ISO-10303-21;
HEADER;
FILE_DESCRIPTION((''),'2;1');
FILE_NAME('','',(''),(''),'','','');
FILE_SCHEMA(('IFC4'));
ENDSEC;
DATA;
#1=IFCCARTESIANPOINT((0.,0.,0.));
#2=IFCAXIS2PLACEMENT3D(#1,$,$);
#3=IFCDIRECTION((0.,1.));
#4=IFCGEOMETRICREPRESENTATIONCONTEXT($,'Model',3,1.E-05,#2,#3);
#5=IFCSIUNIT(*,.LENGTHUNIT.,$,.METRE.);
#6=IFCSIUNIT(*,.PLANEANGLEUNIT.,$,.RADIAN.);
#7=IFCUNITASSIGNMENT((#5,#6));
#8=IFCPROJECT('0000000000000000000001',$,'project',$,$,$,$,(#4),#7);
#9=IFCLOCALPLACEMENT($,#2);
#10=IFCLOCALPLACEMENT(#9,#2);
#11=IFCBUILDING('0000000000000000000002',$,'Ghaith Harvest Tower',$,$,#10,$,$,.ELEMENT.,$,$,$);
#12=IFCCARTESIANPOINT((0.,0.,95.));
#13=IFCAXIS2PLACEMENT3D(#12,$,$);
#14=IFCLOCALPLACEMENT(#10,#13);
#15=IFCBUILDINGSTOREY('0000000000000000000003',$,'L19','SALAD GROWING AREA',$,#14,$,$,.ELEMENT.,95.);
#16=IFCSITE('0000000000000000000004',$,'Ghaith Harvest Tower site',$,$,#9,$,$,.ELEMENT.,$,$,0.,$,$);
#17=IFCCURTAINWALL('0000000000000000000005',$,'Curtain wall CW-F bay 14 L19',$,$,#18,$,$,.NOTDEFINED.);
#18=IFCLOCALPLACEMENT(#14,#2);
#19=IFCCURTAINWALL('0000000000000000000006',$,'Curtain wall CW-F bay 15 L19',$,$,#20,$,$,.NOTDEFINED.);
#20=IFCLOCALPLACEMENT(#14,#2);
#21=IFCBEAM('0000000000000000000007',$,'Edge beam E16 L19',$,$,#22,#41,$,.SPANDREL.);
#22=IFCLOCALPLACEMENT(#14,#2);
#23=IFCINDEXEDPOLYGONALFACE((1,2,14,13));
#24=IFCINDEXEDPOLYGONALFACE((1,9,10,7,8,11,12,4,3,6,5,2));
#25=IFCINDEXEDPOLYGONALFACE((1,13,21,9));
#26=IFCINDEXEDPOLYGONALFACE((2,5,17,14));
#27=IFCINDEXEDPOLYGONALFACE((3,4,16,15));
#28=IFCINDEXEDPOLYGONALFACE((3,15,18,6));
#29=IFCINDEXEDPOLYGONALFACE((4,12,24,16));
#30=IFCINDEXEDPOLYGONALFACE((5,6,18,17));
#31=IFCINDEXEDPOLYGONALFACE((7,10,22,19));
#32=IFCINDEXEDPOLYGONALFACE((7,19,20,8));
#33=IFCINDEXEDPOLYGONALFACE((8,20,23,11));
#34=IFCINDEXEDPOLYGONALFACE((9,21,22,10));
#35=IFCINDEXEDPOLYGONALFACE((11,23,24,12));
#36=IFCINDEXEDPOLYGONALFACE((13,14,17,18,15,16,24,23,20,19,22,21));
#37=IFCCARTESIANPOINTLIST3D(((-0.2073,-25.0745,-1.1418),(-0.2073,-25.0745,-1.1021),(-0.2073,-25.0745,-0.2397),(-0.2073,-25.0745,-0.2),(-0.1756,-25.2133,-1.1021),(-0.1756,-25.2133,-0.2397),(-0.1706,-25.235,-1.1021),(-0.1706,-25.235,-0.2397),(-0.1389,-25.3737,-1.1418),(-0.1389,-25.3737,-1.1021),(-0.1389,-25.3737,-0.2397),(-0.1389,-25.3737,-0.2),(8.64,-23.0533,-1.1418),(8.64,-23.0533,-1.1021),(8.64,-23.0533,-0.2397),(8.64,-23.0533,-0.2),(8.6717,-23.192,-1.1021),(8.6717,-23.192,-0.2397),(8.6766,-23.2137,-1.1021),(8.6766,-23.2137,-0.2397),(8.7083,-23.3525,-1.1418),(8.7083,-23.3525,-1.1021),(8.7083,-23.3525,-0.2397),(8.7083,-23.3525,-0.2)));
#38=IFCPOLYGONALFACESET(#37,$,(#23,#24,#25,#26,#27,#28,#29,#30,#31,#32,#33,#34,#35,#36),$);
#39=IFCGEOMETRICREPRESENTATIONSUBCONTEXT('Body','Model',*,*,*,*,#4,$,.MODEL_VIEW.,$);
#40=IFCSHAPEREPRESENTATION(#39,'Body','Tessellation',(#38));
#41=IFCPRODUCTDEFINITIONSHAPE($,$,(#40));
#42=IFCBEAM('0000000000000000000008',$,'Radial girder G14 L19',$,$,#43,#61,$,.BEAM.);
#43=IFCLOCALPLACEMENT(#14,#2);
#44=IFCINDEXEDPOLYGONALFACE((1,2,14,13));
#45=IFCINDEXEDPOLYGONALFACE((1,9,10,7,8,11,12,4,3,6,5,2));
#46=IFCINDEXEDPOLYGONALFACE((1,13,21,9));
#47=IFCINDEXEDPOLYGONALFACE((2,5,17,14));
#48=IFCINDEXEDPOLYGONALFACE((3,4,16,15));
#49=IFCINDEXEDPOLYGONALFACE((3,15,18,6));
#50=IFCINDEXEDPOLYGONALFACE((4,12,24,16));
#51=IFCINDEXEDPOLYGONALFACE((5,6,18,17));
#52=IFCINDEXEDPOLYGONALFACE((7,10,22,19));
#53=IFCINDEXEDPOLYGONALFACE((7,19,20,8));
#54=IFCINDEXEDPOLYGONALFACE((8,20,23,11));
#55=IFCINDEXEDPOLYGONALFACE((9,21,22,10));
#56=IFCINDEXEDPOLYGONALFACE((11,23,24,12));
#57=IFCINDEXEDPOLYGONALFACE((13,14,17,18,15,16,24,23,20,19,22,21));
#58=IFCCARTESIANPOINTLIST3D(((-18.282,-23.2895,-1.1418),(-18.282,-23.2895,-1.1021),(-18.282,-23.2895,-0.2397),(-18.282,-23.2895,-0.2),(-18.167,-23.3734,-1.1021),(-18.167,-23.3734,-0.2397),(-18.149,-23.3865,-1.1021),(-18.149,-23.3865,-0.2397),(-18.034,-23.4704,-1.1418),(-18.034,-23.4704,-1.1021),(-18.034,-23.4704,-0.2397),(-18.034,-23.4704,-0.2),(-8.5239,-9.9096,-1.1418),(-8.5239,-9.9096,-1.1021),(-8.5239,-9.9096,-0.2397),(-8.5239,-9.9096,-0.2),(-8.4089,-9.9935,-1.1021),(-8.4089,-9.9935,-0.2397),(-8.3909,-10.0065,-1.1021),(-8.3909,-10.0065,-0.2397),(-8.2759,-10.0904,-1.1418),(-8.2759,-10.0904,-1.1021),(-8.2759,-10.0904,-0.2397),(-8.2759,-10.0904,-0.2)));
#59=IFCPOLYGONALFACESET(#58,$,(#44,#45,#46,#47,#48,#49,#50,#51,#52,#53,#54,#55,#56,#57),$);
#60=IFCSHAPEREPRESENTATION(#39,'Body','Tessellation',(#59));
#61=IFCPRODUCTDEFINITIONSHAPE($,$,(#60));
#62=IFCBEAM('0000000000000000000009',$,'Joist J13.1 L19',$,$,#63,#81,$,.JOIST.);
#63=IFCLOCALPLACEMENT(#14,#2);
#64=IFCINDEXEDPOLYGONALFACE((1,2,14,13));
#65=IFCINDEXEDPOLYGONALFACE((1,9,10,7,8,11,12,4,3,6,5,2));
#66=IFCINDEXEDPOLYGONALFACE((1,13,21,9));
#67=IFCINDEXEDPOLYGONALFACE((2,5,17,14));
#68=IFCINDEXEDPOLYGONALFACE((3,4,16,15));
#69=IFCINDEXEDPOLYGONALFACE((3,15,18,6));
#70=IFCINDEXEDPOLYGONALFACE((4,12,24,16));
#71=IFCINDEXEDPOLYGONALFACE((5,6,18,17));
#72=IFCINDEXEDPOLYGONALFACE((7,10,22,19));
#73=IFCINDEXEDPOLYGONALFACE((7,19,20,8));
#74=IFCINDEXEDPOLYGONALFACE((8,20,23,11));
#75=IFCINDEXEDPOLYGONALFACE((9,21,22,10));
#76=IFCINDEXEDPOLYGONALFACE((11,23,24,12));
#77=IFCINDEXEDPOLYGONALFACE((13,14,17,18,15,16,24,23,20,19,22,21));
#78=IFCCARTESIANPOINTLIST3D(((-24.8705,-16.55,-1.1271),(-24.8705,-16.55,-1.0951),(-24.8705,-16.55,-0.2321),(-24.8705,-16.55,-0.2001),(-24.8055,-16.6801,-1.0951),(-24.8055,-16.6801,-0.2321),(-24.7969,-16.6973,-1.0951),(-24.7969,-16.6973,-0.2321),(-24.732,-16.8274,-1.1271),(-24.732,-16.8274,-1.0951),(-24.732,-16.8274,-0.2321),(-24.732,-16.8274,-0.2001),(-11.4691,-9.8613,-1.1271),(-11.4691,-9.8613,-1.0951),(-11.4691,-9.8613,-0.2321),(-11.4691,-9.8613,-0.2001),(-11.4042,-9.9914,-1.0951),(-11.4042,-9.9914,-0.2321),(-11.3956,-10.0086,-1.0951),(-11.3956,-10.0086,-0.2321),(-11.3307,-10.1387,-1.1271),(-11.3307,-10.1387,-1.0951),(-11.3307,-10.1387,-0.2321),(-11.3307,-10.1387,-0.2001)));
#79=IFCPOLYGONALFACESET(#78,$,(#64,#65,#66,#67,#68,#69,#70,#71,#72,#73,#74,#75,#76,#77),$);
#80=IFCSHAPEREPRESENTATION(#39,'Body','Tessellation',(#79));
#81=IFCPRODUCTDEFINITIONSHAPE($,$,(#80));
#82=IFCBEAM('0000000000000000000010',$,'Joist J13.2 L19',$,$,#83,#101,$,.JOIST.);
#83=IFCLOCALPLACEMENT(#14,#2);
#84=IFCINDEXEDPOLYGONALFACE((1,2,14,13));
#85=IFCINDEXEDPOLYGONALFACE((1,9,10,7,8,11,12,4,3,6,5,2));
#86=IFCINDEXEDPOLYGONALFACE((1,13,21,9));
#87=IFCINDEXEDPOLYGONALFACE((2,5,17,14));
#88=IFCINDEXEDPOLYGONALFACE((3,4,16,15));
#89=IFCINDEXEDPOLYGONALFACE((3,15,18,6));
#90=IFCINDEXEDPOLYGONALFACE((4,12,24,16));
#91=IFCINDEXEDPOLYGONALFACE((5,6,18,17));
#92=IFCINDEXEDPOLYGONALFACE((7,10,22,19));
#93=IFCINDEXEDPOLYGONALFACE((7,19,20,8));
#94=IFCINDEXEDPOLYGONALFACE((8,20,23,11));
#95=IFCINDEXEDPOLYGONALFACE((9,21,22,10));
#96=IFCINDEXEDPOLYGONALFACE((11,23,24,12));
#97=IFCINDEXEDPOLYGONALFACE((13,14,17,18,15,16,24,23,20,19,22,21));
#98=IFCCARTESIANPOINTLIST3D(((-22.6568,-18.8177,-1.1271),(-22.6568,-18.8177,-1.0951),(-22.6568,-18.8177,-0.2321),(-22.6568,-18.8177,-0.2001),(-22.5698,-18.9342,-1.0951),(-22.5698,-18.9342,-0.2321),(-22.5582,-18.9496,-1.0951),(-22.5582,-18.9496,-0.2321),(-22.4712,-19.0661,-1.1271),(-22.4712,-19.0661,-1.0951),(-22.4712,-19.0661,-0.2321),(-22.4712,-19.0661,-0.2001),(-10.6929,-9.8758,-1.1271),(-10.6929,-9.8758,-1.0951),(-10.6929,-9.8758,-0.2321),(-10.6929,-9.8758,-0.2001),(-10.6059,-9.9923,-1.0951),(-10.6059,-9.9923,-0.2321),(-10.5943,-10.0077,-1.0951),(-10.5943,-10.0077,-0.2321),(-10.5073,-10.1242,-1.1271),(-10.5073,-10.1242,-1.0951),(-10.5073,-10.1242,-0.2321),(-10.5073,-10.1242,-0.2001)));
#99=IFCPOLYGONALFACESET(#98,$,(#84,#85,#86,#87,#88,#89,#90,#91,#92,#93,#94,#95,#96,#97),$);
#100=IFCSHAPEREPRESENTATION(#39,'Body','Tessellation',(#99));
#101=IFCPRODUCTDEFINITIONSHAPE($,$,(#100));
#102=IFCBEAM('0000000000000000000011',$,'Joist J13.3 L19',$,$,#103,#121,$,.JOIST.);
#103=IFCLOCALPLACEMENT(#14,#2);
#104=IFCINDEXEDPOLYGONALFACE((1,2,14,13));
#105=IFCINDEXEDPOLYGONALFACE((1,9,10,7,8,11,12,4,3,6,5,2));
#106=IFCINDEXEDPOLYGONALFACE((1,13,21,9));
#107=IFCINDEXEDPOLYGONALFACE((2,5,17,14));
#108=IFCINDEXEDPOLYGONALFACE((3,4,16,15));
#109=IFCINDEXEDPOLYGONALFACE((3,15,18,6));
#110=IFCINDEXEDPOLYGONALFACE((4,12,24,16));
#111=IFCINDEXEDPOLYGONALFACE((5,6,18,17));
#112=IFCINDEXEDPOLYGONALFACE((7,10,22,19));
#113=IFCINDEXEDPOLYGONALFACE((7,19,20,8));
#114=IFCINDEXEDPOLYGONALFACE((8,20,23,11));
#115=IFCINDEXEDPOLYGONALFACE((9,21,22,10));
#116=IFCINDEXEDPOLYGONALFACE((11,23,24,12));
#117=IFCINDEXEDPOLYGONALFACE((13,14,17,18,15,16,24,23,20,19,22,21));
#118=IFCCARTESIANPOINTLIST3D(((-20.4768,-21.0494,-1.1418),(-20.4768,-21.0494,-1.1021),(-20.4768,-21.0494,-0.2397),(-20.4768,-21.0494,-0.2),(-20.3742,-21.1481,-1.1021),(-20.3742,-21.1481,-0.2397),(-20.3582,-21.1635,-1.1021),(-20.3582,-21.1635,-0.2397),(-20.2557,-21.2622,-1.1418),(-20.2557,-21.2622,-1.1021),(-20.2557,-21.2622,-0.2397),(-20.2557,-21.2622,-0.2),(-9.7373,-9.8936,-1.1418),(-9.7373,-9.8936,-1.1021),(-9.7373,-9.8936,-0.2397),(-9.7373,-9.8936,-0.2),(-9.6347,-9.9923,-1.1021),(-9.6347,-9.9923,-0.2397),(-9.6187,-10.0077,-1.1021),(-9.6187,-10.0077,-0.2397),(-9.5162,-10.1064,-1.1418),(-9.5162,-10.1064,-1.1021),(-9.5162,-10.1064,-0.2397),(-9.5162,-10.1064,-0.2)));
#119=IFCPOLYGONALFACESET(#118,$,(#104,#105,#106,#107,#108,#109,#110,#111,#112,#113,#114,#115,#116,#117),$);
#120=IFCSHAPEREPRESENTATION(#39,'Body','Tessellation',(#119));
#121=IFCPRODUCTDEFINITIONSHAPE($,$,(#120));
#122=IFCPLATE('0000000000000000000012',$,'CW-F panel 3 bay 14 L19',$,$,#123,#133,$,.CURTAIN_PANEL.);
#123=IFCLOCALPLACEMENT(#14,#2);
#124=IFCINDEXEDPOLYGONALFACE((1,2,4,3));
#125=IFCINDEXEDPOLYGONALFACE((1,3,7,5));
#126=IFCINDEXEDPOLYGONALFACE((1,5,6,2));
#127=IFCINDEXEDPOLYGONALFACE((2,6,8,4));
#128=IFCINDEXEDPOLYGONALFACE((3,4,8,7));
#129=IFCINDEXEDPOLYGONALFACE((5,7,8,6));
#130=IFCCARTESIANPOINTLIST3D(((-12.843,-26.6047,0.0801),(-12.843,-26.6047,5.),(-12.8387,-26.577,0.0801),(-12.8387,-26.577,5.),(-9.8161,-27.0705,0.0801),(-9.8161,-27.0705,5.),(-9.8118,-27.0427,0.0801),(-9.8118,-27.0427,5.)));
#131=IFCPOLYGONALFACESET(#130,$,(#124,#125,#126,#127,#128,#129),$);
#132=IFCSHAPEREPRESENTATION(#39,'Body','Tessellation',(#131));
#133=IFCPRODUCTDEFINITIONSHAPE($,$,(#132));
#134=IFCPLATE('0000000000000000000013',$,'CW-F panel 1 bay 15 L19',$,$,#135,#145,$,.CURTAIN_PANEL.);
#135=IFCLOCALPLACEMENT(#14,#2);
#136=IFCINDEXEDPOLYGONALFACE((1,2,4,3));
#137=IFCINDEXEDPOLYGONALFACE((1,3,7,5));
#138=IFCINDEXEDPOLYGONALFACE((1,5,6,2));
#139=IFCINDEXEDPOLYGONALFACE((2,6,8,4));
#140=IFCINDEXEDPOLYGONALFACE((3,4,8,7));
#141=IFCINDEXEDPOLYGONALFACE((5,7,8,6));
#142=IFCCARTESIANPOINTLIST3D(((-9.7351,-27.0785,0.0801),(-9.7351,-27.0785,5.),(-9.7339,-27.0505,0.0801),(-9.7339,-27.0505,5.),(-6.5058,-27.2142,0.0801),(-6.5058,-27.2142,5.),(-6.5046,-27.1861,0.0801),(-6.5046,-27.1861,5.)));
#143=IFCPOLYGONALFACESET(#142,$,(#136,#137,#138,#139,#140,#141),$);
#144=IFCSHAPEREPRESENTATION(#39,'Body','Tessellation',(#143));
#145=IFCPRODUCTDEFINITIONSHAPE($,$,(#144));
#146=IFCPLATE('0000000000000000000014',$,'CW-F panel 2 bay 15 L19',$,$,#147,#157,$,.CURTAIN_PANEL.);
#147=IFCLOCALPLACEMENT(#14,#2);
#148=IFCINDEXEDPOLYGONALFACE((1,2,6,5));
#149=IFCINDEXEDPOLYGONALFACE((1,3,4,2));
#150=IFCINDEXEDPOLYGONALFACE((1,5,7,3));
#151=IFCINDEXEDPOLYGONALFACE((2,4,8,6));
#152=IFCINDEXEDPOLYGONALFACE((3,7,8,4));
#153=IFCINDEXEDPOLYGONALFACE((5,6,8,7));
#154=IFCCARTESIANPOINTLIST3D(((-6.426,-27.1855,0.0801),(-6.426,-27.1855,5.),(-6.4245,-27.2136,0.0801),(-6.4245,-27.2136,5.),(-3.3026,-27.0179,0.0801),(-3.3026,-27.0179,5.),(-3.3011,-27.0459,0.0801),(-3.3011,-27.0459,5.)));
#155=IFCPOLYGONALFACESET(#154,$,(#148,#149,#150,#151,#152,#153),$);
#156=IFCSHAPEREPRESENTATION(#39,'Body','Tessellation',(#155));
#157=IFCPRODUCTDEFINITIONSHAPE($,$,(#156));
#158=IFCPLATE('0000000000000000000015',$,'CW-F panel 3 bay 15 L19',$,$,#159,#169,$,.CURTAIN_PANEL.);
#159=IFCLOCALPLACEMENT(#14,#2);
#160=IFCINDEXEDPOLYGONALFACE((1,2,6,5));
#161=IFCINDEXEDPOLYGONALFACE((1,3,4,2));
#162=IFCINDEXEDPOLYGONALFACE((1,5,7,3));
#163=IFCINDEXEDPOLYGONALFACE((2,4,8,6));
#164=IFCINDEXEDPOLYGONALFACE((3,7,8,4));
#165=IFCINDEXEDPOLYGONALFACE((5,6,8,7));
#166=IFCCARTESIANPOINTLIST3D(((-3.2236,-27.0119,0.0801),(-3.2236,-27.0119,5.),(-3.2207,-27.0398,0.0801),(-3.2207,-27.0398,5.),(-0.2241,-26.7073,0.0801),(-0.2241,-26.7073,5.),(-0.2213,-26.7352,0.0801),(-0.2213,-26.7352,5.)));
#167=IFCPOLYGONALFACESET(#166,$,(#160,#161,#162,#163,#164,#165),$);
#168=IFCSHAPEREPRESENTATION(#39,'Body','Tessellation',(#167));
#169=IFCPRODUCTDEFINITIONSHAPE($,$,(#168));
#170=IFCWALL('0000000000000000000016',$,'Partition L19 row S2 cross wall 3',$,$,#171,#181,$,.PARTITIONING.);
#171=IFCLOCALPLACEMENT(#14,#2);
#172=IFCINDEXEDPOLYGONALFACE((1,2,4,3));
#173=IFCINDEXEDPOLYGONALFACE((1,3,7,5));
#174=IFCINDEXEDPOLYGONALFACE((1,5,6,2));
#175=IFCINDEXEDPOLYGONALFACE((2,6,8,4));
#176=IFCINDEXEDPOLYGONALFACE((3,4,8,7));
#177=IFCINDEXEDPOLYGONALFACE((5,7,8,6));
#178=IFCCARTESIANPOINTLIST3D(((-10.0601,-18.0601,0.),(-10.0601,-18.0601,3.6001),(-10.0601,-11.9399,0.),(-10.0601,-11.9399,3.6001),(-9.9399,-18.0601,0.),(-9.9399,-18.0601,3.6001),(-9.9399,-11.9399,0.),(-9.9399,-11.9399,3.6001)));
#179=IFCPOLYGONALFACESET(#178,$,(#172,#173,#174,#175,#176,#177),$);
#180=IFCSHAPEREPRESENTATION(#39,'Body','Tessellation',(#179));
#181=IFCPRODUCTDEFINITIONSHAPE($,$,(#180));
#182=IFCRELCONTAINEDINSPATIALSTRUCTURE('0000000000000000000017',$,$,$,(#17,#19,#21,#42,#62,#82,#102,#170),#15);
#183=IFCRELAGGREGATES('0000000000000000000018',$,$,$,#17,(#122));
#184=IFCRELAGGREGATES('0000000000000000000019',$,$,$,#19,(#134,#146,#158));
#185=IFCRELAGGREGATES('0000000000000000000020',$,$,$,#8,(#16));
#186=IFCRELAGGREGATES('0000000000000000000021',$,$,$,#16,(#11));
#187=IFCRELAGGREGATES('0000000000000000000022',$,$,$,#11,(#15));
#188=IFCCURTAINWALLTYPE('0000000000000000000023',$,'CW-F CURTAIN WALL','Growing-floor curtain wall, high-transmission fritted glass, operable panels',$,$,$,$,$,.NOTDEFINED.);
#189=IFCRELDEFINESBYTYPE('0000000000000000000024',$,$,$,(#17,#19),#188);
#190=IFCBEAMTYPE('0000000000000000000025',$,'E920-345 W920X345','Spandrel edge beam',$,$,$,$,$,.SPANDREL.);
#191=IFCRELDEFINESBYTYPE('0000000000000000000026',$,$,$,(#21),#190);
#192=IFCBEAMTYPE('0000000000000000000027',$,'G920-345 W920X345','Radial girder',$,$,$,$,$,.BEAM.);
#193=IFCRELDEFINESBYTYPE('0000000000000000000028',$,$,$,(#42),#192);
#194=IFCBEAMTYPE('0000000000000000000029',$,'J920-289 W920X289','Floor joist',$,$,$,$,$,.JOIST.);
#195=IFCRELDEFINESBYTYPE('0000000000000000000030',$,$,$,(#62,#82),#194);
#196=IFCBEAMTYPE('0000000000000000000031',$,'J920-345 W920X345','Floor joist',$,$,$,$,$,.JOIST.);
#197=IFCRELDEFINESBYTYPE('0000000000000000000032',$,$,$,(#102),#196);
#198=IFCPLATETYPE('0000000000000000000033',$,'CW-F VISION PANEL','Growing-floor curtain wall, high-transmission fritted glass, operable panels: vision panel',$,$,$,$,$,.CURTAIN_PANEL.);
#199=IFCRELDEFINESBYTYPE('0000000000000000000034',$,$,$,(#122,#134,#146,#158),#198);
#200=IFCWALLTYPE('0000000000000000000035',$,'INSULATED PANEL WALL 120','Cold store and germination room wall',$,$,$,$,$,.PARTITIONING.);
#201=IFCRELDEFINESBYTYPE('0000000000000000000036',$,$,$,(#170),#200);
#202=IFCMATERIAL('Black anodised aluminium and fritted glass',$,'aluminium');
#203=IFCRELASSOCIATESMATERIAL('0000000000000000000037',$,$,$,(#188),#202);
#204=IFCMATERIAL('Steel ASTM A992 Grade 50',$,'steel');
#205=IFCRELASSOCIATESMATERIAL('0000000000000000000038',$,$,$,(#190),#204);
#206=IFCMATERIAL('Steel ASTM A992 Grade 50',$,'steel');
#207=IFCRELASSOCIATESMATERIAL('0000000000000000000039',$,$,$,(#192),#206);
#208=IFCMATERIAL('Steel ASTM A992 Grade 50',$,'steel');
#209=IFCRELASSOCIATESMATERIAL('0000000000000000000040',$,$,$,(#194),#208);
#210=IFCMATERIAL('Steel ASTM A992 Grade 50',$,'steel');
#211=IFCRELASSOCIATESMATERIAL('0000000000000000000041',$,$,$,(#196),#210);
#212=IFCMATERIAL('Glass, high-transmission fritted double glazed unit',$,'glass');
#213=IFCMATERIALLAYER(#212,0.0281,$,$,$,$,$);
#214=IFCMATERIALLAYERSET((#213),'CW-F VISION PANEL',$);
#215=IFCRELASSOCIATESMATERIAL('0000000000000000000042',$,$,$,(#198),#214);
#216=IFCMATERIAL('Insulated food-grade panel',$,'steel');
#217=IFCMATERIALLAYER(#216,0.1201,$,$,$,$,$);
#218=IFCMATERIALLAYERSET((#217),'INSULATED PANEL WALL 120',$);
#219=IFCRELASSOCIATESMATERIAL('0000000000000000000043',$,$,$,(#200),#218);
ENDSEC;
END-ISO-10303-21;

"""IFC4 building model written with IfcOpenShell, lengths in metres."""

from ifc_helpers import new_model, si_unit, direction, frame, frame_2d, origin, origin_2d, place, context, subcontext, project, spatial, rectangle, i_section, extrude, material, layer, layer_set, material_profile, profile_set, type_object, element, aggregate, save


model = new_model("IFC4")

# Units and contexts
model_context = context("Model", 3, precision=1e-05, world=origin(), true_north=direction((0.0, 1.0)))
body_context = subcontext(model_context, "Body", "Model", "MODEL_VIEW")
ifc_project = project(units=[si_unit("LENGTHUNIT", "METRE"), si_unit("PLANEANGLEUNIT", "RADIAN")], contexts=[model_context])

# Site, building, storey
site_placement = place(None, origin())
site = spatial("IfcSite", under=ifc_project, at=site_placement, Name="Ghaith Harvest Tower site", CompositionType="ELEMENT", RefElevation=0.0)
building_placement = place(site_placement, origin())
building = spatial("IfcBuilding", under=site, at=building_placement, Name="Ghaith Harvest Tower", CompositionType="ELEMENT")
storey_placement = place(building_placement, frame((0.0, 0.0, 95.0)))
storey = spatial("IfcBuildingStorey", under=building, at=storey_placement, Name="L19", Description="SALAD GROWING AREA", CompositionType="ELEMENT", Elevation=95.0)

# Curtain wall
ifc_material_1 = material(Name="Black anodised aluminium and fritted glass", Category="aluminium")
curtain_wall_type = type_object("IfcCurtainWallType", Name="CW-F CURTAIN WALL", Description="Growing-floor curtain wall, high-transmission fritted glass, operable panels", PredefinedType="NOTDEFINED", material=ifc_material_1)
curtain_wall_1_placement = place(storey_placement, origin())
curtain_wall_1 = element("IfcCurtainWall", 1, at=curtain_wall_1_placement, inside=storey, type_object=curtain_wall_type, Name="Curtain wall CW-F bay 14 L19", PredefinedType="NOTDEFINED")

# Curtain wall
curtain_wall_2_placement = place(storey_placement, origin())
curtain_wall_2 = element("IfcCurtainWall", 2, at=curtain_wall_2_placement, inside=storey, type_object=curtain_wall_type, Name="Curtain wall CW-F bay 15 L19", PredefinedType="NOTDEFINED")

# Beams
ifc_material_2 = material(Name="Steel ASTM A992 Grade 50", Category="steel")
ifc_material_profile_1 = material_profile(ifc_material_2, i_section(OverallWidth=0.3069, OverallDepth=0.9419, WebThickness=0.0222, FlangeThickness=0.0398, at=origin_2d()), Name="W920X345")
ifc_profile_set_1 = profile_set([ifc_material_profile_1], Name="Steel ASTM A992 Grade 50")
beam_type_1 = type_object("IfcBeamType", Name="E920-345 W920X345", Description="Spandrel edge beam", PredefinedType="SPANDREL", material=ifc_profile_set_1)
beam_1_placement = place(storey_placement, frame((-0.1731, -25.2241, -0.6709), z_axis=(0.974882, 0.222723, 0.0), x_axis=(-0.222723, 0.974882, 0.0)))
element("IfcBeam", 3, at=beam_1_placement, inside=storey, type_object=beam_type_1, Name="Edge beam E16 L19", PredefinedType="SPANDREL", context=body_context, shape_type="SweptSolid", body=[
    extrude(i_section(OverallWidth=0.3069, OverallDepth=0.9419, WebThickness=0.0222, FlangeThickness=0.0398, at=origin_2d()), origin(), (0.0, 0.0, 1.0), 9.0752),
])
ifc_material_3 = material(Name="Steel ASTM A992 Grade 50", Category="steel")
ifc_material_profile_2 = material_profile(ifc_material_3, i_section(OverallWidth=0.3069, OverallDepth=0.9419, WebThickness=0.0222, FlangeThickness=0.0398, at=origin_2d()), Name="W920X345")
ifc_profile_set_2 = profile_set([ifc_material_profile_2], Name="Steel ASTM A992 Grade 50")
beam_type_2 = type_object("IfcBeamType", Name="G920-345 W920X345", Description="Radial girder", PredefinedType="BEAM", material=ifc_profile_set_2)
beam_2_placement = place(storey_placement, frame((-8.3999, -10.0, -0.6709), z_axis=(-0.589247, -0.807953, 0.0), x_axis=(0.807953, -0.589247, 0.0)))
element("IfcBeam", 4, at=beam_2_placement, inside=storey, type_object=beam_type_2, Name="Radial girder G14 L19", PredefinedType="BEAM", context=body_context, shape_type="SweptSolid", body=[
    extrude(i_section(OverallWidth=0.3069, OverallDepth=0.9419, WebThickness=0.0222, FlangeThickness=0.0398, at=origin_2d()), origin(), (0.0, 0.0, 1.0), 16.5603),
])
ifc_material_4 = material(Name="Steel ASTM A992 Grade 50", Category="steel")
ifc_material_profile_3 = material_profile(ifc_material_4, i_section(OverallWidth=0.3101, OverallDepth=0.927, WebThickness=0.0193, FlangeThickness=0.032, at=origin_2d()), Name="W920X289")
ifc_profile_set_3 = profile_set([ifc_material_profile_3], Name="Steel ASTM A992 Grade 50")
beam_type_3 = type_object("IfcBeamType", Name="J920-289 W920X289", Description="Floor joist", PredefinedType="JOIST", material=ifc_profile_set_3)
beam_3_placement = place(storey_placement, frame((-11.3999, -10.0, -0.6636), z_axis=(-0.894746, -0.446575, 0.0), x_axis=(0.446575, -0.894746, 0.0)))
element("IfcBeam", 5, at=beam_3_placement, inside=storey, type_object=beam_type_3, Name="Joist J13.1 L19", PredefinedType="JOIST", context=body_context, shape_type="SweptSolid", body=[
    extrude(i_section(OverallWidth=0.3101, OverallDepth=0.927, WebThickness=0.0193, FlangeThickness=0.032, at=origin_2d()), origin(), (0.0, 0.0, 1.0), 14.9778),
])
beam_4_placement = place(storey_placement, frame((-10.6001, -10.0, -0.6636), z_axis=(-0.800995, -0.598671, 0.0), x_axis=(0.598671, -0.800995, 0.0)))
element("IfcBeam", 6, at=beam_4_placement, inside=storey, type_object=beam_type_3, Name="Joist J13.2 L19", PredefinedType="JOIST", context=body_context, shape_type="SweptSolid", body=[
    extrude(i_section(OverallWidth=0.3101, OverallDepth=0.927, WebThickness=0.0193, FlangeThickness=0.032, at=origin_2d()), origin(), (0.0, 0.0, 1.0), 14.9363),
])
ifc_material_5 = material(Name="Steel ASTM A992 Grade 50", Category="steel")
ifc_material_profile_4 = material_profile(ifc_material_5, i_section(OverallWidth=0.3069, OverallDepth=0.9419, WebThickness=0.0222, FlangeThickness=0.0398, at=origin_2d()), Name="W920X345")
ifc_profile_set_4 = profile_set([ifc_material_profile_4], Name="Steel ASTM A992 Grade 50")
beam_type_4 = type_object("IfcBeamType", Name="J920-345 W920X345", Description="Floor joist", PredefinedType="JOIST", material=ifc_profile_set_4)
beam_5_placement = place(storey_placement, frame((-9.6267, -10.0, -0.6709), z_axis=(-0.693538, -0.72042, 0.0), x_axis=(0.72042, -0.693538, 0.0)))
element("IfcBeam", 7, at=beam_5_placement, inside=storey, type_object=beam_type_4, Name="Joist J13.3 L19", PredefinedType="JOIST", context=body_context, shape_type="SweptSolid", body=[
    extrude(i_section(OverallWidth=0.3069, OverallDepth=0.9419, WebThickness=0.0222, FlangeThickness=0.0398, at=origin_2d()), origin(), (0.0, 0.0, 1.0), 15.4851),
])

# Plates
ifc_material_6 = material(Name="Glass, high-transmission fritted double glazed unit", Category="glass")
ifc_layer_1 = layer(ifc_material_6, 0.0281)
ifc_layer_set_1 = layer_set([ifc_layer_1], Name="CW-F VISION PANEL")
plate_type = type_object("IfcPlateType", Name="CW-F VISION PANEL", Description="Growing-floor curtain wall, high-transmission fritted glass, operable panels: vision panel", PredefinedType="CURTAIN_PANEL", material=ifc_layer_set_1)
plate_1_placement = place(storey_placement, frame((-11.3274, -26.8237, 0.0801), z_axis=(0.0, 0.0, 1.0), x_axis=(0.98837, -0.152069, 0.0)))
plate_1 = element("IfcPlate", 8, at=plate_1_placement, type_object=plate_type, Name="CW-F panel 3 bay 14 L19", PredefinedType="CURTAIN_PANEL", context=body_context, shape_type="SweptSolid", body=[
    extrude(rectangle(XDim=3.0625, YDim=0.0281, at=origin_2d()), origin(), (0.0, 0.0, 1.0), 4.9199),
])
aggregate(curtain_wall_1, [plate_1])
plate_2_placement = place(storey_placement, frame((-8.1199, -27.1323, 0.0801), z_axis=(0.0, 0.0, 1.0), x_axis=(0.999119, -0.041967, 0.0)))
plate_2 = element("IfcPlate", 9, at=plate_2_placement, type_object=plate_type, Name="CW-F panel 1 bay 15 L19", PredefinedType="CURTAIN_PANEL", context=body_context, shape_type="SweptSolid", body=[
    extrude(rectangle(XDim=3.2322, YDim=0.0281, at=origin_2d()), origin(), (0.0, 0.0, 1.0), 4.9199),
])
plate_3_placement = place(storey_placement, frame((-4.8635, -27.1157, 0.0801), z_axis=(0.0, 0.0, 1.0), x_axis=(0.998563, 0.0536, 0.0)))
plate_3 = element("IfcPlate", 10, at=plate_3_placement, type_object=plate_type, Name="CW-F panel 2 bay 15 L19", PredefinedType="CURTAIN_PANEL", context=body_context, shape_type="SweptSolid", body=[
    extrude(rectangle(XDim=3.1279, YDim=0.0281, at=origin_2d()), origin(), (0.0, 0.0, 1.0), 4.9199),
])
plate_4_placement = place(storey_placement, frame((-1.7224, -26.8735, 0.0801), z_axis=(0.0, 0.0, 1.0), x_axis=(0.994882, 0.101041, 0.0)))
plate_4 = element("IfcPlate", 11, at=plate_4_placement, type_object=plate_type, Name="CW-F panel 3 bay 15 L19", PredefinedType="CURTAIN_PANEL", context=body_context, shape_type="SweptSolid", body=[
    extrude(rectangle(XDim=3.0149, YDim=0.0281, at=origin_2d()), origin(), (0.0, 0.0, 1.0), 4.9199),
])
aggregate(curtain_wall_2, [plate_2, plate_3, plate_4])

# Wall
ifc_material_7 = material(Name="Insulated food-grade panel", Category="steel")
ifc_layer_2 = layer(ifc_material_7, 0.1201)
ifc_layer_set_2 = layer_set([ifc_layer_2], Name="INSULATED PANEL WALL 120")
wall_type_1 = type_object("IfcWallType", Name="INSULATED PANEL WALL 120", Description="Cold store and germination room wall", PredefinedType="PARTITIONING", material=ifc_layer_set_2)
for number, where, z_axis, x_axis, name in (
    (12, (-10.0, -11.9399, 0.0), (0.0, 0.0, 1.0), (0.0, -1.0, 0.0), "Partition L19 row S2 cross wall 3"),
):
    element("IfcWall", number, at=place(storey_placement, frame(where, z_axis=z_axis, x_axis=x_axis)), inside=storey, type_object=wall_type_1, Name=name, PredefinedType="PARTITIONING", context=body_context, shape_type="SweptSolid", body=[
        extrude(rectangle(XDim=6.1201, YDim=0.1201, at=frame_2d((3.0601, 0.0))), origin(), (0.0, 0.0, 1.0), 3.6001),
    ])

save(model, "model.ifc")
